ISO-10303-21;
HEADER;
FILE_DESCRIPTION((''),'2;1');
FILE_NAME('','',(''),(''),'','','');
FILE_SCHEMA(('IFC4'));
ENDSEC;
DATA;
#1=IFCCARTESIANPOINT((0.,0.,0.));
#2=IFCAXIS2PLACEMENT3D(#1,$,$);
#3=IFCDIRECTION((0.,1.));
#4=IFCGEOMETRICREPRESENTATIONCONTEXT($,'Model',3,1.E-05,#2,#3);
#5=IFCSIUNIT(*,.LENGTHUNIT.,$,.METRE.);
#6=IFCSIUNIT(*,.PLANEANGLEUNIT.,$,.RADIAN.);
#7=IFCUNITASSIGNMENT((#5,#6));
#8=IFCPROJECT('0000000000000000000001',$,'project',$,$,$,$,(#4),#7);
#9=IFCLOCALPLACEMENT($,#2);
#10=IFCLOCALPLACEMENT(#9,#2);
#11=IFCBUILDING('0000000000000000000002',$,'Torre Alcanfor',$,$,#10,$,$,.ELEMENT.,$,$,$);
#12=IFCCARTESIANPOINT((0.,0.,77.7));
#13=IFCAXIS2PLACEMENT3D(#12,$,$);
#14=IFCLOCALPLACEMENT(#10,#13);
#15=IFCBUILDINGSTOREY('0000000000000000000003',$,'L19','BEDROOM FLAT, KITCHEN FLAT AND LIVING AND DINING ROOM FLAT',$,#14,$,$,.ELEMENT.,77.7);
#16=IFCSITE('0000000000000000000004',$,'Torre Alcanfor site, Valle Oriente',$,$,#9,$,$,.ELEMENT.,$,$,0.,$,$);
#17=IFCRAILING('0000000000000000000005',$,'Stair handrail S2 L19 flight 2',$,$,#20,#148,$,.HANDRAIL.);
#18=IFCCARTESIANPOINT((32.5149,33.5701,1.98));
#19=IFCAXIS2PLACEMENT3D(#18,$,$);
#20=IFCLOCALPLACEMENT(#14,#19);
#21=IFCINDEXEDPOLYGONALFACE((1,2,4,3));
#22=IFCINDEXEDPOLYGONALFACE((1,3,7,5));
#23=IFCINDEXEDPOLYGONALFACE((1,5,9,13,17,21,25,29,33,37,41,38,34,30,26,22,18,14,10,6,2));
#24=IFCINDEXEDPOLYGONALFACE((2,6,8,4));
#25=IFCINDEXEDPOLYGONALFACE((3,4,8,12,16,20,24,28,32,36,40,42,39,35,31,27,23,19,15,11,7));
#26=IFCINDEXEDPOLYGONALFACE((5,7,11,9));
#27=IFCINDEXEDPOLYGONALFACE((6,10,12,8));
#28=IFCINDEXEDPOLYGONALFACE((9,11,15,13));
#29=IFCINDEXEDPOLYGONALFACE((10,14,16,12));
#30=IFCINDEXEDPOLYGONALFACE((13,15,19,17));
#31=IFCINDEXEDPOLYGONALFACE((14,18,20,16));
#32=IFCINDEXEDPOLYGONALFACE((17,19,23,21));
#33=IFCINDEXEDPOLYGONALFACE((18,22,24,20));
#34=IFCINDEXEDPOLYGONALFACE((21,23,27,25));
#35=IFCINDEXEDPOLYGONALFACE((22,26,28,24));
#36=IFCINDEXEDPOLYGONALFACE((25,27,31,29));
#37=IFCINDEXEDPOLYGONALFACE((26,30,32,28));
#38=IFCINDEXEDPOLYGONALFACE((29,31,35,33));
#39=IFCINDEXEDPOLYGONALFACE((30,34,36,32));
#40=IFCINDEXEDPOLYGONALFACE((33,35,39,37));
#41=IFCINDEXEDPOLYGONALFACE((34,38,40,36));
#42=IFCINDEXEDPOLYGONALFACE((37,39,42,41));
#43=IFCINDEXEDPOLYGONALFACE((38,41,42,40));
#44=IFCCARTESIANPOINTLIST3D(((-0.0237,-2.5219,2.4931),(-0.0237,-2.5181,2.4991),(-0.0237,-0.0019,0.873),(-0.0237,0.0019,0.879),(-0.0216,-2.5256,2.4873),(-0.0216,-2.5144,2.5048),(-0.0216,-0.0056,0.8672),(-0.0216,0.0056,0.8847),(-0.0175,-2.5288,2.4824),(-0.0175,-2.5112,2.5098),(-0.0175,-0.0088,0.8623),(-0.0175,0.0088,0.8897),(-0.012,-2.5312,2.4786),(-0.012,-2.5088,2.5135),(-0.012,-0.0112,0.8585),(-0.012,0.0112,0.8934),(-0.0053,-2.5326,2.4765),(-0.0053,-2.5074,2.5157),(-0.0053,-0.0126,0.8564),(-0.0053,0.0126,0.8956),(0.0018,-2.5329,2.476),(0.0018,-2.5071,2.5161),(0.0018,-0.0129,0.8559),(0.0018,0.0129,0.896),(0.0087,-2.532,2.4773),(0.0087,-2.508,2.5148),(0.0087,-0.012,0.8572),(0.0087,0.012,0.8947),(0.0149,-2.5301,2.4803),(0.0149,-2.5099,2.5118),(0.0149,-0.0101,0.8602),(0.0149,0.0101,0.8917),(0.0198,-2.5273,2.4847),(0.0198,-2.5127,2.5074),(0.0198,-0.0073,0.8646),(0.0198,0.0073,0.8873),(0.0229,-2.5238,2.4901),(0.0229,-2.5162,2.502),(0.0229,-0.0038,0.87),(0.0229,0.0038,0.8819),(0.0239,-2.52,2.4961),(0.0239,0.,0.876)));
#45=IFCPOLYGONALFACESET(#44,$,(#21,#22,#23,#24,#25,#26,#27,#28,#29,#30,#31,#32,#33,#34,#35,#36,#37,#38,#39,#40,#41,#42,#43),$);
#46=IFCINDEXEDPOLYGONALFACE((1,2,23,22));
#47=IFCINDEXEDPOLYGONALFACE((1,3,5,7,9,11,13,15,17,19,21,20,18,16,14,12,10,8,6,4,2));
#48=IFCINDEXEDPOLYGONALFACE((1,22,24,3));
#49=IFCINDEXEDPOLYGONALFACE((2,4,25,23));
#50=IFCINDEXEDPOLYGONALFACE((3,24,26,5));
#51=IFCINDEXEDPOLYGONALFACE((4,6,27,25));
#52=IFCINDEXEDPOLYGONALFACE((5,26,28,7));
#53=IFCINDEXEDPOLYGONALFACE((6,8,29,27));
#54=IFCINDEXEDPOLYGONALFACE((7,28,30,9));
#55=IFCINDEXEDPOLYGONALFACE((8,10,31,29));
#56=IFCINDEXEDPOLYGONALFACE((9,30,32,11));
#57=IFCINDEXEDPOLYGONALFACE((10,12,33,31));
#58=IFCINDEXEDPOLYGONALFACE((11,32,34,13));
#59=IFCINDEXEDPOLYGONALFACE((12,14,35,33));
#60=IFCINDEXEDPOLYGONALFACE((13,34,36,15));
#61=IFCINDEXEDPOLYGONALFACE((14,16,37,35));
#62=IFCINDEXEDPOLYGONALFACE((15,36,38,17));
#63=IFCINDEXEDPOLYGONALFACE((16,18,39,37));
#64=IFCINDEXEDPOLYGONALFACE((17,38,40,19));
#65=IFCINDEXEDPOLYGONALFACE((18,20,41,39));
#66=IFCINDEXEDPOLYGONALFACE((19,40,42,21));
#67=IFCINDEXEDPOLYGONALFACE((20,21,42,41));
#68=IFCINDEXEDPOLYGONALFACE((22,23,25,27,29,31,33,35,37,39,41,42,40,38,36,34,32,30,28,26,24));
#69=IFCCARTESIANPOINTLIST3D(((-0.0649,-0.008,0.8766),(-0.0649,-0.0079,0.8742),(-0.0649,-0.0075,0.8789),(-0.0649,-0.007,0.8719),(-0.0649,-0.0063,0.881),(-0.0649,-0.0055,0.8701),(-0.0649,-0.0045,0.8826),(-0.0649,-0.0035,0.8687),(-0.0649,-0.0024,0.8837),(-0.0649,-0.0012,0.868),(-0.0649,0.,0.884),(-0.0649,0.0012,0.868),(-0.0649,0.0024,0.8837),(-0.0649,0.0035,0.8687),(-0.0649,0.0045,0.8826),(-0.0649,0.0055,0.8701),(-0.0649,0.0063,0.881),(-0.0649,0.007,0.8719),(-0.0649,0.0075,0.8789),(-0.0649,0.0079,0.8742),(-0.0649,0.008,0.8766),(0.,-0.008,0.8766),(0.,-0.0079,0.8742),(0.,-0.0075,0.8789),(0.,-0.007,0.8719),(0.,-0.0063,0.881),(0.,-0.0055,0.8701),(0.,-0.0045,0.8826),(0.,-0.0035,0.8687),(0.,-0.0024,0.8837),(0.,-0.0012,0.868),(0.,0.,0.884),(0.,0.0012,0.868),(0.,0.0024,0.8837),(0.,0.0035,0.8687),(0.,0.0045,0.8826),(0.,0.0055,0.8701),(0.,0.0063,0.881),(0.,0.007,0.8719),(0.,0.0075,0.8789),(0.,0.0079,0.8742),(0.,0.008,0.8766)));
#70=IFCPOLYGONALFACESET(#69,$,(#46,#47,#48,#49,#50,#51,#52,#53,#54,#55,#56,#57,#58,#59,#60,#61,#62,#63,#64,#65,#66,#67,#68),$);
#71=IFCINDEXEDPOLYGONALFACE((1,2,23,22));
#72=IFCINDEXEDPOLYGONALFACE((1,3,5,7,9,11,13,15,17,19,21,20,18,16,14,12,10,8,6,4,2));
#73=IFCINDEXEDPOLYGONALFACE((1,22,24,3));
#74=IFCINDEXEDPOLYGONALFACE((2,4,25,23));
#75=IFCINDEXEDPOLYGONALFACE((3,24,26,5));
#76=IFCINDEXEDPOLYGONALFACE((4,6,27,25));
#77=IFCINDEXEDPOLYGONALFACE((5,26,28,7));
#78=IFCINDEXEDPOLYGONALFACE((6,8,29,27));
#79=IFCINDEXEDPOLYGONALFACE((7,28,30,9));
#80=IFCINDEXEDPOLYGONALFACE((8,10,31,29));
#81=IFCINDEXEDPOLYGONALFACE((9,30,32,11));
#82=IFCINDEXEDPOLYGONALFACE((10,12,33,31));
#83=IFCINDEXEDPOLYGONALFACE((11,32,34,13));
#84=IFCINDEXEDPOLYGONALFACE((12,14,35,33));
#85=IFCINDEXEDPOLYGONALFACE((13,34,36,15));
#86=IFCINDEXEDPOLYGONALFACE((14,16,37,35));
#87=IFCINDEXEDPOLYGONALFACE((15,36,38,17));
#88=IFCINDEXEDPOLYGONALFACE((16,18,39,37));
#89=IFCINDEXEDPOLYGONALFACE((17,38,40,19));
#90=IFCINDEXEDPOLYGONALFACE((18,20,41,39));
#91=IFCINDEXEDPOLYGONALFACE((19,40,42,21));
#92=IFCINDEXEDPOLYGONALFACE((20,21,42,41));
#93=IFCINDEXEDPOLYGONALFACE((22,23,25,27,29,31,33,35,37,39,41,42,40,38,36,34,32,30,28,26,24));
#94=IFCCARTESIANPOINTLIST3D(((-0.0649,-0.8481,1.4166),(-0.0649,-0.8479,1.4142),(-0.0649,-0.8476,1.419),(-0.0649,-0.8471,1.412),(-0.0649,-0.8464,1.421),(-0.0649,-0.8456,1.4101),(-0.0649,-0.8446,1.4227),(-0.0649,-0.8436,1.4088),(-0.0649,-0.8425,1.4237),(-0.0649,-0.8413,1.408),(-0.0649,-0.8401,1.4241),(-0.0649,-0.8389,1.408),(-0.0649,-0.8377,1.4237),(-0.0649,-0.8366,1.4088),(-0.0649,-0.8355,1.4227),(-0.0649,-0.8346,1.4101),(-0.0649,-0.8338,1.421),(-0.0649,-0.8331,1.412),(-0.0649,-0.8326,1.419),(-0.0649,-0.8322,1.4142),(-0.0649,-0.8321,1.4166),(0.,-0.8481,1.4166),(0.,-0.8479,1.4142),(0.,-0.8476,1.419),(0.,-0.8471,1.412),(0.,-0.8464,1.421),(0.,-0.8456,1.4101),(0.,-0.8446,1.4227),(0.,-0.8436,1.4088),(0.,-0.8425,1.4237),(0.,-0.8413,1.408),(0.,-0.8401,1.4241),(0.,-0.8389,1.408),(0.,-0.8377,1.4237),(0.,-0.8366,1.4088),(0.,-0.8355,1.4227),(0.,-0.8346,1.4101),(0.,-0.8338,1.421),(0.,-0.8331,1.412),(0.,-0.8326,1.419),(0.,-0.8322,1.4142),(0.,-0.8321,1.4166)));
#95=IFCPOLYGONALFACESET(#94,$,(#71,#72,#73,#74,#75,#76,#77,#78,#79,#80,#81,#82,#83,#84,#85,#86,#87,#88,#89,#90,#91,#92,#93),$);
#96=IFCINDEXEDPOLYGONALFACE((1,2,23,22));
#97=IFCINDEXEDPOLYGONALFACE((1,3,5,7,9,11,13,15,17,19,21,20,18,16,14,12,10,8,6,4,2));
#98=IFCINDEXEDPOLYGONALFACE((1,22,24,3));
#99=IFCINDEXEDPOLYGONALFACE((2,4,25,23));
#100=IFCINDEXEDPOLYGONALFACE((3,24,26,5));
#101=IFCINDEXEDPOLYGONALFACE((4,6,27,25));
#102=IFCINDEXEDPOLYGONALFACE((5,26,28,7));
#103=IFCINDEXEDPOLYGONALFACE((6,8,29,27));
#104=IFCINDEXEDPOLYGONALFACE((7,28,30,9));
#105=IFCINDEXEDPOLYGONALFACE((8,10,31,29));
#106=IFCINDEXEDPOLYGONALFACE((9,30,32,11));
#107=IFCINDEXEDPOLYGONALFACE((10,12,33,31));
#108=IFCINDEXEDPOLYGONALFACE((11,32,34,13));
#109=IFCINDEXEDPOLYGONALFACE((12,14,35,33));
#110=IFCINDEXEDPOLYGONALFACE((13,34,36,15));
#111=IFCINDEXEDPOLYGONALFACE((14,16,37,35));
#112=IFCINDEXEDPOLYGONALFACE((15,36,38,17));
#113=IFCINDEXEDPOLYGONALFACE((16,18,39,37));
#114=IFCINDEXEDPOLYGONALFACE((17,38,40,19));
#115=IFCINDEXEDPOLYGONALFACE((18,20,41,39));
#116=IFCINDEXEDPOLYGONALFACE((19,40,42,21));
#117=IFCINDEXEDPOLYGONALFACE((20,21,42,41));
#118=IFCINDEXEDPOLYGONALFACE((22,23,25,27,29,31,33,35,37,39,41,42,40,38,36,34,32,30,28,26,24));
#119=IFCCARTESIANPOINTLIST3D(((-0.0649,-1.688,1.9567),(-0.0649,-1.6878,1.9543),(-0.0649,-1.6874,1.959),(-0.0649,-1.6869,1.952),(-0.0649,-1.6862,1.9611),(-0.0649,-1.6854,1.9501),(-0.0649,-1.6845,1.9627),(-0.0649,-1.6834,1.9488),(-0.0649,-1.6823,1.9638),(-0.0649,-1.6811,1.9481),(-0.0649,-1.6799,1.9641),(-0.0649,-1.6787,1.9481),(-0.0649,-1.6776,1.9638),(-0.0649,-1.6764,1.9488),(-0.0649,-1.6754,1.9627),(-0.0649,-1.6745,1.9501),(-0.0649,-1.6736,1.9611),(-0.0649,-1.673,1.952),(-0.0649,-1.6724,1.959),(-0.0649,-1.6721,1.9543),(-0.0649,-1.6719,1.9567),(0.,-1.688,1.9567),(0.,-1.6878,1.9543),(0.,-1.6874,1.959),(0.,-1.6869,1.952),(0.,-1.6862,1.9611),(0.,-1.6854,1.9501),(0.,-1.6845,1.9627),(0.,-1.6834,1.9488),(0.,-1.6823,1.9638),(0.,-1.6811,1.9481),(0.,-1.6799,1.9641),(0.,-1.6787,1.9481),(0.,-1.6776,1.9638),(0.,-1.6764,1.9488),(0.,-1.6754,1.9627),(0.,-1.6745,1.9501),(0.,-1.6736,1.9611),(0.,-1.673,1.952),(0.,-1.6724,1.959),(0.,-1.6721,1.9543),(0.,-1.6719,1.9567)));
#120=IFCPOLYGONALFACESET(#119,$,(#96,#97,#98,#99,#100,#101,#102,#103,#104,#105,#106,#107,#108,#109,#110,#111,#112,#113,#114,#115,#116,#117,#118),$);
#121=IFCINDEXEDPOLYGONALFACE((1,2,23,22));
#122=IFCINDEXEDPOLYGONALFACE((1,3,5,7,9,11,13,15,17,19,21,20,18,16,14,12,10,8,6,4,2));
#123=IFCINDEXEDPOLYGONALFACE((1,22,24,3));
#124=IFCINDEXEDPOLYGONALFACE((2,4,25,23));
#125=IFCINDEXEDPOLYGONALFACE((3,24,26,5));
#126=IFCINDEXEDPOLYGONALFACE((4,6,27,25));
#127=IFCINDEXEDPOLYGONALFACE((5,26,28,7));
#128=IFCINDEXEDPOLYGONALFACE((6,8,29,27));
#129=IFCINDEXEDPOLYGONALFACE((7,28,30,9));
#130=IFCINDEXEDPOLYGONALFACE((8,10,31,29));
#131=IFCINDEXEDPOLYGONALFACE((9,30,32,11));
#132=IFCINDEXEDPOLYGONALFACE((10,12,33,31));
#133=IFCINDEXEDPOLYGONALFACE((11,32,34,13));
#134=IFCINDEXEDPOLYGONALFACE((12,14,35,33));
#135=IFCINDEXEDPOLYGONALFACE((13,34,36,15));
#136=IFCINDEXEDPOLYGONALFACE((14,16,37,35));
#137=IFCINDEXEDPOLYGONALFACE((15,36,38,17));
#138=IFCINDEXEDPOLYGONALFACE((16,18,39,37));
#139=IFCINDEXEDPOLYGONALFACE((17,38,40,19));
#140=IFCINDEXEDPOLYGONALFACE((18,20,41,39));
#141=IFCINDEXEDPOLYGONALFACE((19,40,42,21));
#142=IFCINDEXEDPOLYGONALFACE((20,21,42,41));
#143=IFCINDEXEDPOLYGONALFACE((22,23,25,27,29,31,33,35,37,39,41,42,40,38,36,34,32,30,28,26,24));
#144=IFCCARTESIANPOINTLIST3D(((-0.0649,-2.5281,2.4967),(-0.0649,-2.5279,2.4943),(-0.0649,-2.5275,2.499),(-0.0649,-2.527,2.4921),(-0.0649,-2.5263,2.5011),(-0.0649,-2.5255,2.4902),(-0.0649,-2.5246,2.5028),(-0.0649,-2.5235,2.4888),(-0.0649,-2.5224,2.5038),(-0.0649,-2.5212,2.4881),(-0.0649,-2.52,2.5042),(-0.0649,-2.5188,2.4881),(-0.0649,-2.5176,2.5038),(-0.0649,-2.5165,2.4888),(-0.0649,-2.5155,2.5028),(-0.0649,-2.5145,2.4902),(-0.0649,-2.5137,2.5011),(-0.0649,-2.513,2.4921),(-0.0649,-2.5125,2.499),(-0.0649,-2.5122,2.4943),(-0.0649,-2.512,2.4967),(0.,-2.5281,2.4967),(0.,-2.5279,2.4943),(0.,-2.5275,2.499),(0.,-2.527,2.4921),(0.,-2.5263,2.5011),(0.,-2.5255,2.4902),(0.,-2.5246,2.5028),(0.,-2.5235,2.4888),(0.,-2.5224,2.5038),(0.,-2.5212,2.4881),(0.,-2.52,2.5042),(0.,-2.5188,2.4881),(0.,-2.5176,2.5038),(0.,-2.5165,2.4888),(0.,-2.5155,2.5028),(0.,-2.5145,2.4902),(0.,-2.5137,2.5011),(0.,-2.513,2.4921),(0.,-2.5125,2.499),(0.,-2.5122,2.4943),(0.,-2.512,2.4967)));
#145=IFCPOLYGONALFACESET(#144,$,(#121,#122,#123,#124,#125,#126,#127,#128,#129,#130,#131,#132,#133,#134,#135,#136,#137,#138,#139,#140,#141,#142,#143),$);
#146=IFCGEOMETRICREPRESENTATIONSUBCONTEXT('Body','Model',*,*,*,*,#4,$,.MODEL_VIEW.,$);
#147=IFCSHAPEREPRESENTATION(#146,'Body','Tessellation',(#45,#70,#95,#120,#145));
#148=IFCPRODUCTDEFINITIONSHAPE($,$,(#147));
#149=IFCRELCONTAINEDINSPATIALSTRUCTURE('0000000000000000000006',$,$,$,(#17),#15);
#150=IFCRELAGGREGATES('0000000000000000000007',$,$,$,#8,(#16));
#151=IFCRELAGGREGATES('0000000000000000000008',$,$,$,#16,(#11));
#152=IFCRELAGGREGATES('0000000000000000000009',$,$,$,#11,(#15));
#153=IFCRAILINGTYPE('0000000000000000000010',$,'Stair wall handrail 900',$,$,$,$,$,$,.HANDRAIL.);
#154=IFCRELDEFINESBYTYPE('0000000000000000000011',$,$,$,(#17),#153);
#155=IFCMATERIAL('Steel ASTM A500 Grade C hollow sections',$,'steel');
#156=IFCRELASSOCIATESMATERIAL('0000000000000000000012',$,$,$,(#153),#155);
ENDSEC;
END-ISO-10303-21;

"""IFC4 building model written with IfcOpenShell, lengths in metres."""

from ifc_helpers import new_model, si_unit, direction, frame, origin, origin_2d, place, context, subcontext, project, spatial, circle, extrude, material, type_object, element, save


model = new_model("IFC4")

# Units and contexts
model_context = context("Model", 3, precision=1e-05, world=origin(), true_north=direction((0.0, 1.0)))
body_context = subcontext(model_context, "Body", "Model", "MODEL_VIEW")
ifc_project = project(units=[si_unit("LENGTHUNIT", "METRE"), si_unit("PLANEANGLEUNIT", "RADIAN")], contexts=[model_context])

# Site, building, storey
site_placement = place(None, origin())
site = spatial("IfcSite", under=ifc_project, at=site_placement, Name="Torre Alcanfor site, Valle Oriente", CompositionType="ELEMENT", RefElevation=0.0)
building_placement = place(site_placement, origin())
building = spatial("IfcBuilding", under=site, at=building_placement, Name="Torre Alcanfor", CompositionType="ELEMENT")
storey_placement = place(building_placement, frame((0.0, 0.0, 77.7)))
storey = spatial("IfcBuildingStorey", under=building, at=storey_placement, Name="L19", Description="BEDROOM FLAT, KITCHEN FLAT AND LIVING AND DINING ROOM FLAT", CompositionType="ELEMENT", Elevation=77.7)

# Railing
ifc_material_1 = material(Name="Steel ASTM A500 Grade C hollow sections", Category="steel")
railing_type_1 = type_object("IfcRailingType", Name="Stair wall handrail 900", PredefinedType="HANDRAIL", material=ifc_material_1)
railing_1_placement = place(storey_placement, frame((32.5149, 33.5701, 1.98)))
element("IfcRailing", 1, at=railing_1_placement, inside=storey, type_object=railing_type_1, Name="Stair handrail S2 L19 flight 2", PredefinedType="HANDRAIL", context=body_context, shape_type="SweptSolid", body=[
    extrude(circle(Radius=0.0239, at=origin_2d()), frame((0.0, 0.0, 0.876), z_axis=(0.0, -0.841163, 0.540782), x_axis=(1.0, 0.0, 0.0)), (0.0, 0.0, 1.0), 2.9958),
    extrude(circle(Radius=0.0081, at=origin_2d()), frame((0.0, 0.0, 0.876), z_axis=(-1.0, 0.0, 0.0), x_axis=(0.0, 0.0, 1.0)), (0.0, 0.0, 1.0), 0.0649),
    extrude(circle(Radius=0.0081, at=origin_2d()), frame((0.0, -0.8401, 1.416), z_axis=(-1.0, 0.0, 0.0), x_axis=(0.0, 0.0, 1.0)), (0.0, 0.0, 1.0), 0.0649),
    extrude(circle(Radius=0.0081, at=origin_2d()), frame((0.0, -1.6799, 1.9561), z_axis=(-1.0, 0.0, 0.0), x_axis=(0.0, 0.0, 1.0)), (0.0, 0.0, 1.0), 0.0649),
    extrude(circle(Radius=0.0081, at=origin_2d()), frame((0.0, -2.52, 2.4961), z_axis=(-1.0, 0.0, 0.0), x_axis=(0.0, 0.0, 1.0)), (0.0, 0.0, 1.0), 0.0649),
])

save(model, "model.ifc")
